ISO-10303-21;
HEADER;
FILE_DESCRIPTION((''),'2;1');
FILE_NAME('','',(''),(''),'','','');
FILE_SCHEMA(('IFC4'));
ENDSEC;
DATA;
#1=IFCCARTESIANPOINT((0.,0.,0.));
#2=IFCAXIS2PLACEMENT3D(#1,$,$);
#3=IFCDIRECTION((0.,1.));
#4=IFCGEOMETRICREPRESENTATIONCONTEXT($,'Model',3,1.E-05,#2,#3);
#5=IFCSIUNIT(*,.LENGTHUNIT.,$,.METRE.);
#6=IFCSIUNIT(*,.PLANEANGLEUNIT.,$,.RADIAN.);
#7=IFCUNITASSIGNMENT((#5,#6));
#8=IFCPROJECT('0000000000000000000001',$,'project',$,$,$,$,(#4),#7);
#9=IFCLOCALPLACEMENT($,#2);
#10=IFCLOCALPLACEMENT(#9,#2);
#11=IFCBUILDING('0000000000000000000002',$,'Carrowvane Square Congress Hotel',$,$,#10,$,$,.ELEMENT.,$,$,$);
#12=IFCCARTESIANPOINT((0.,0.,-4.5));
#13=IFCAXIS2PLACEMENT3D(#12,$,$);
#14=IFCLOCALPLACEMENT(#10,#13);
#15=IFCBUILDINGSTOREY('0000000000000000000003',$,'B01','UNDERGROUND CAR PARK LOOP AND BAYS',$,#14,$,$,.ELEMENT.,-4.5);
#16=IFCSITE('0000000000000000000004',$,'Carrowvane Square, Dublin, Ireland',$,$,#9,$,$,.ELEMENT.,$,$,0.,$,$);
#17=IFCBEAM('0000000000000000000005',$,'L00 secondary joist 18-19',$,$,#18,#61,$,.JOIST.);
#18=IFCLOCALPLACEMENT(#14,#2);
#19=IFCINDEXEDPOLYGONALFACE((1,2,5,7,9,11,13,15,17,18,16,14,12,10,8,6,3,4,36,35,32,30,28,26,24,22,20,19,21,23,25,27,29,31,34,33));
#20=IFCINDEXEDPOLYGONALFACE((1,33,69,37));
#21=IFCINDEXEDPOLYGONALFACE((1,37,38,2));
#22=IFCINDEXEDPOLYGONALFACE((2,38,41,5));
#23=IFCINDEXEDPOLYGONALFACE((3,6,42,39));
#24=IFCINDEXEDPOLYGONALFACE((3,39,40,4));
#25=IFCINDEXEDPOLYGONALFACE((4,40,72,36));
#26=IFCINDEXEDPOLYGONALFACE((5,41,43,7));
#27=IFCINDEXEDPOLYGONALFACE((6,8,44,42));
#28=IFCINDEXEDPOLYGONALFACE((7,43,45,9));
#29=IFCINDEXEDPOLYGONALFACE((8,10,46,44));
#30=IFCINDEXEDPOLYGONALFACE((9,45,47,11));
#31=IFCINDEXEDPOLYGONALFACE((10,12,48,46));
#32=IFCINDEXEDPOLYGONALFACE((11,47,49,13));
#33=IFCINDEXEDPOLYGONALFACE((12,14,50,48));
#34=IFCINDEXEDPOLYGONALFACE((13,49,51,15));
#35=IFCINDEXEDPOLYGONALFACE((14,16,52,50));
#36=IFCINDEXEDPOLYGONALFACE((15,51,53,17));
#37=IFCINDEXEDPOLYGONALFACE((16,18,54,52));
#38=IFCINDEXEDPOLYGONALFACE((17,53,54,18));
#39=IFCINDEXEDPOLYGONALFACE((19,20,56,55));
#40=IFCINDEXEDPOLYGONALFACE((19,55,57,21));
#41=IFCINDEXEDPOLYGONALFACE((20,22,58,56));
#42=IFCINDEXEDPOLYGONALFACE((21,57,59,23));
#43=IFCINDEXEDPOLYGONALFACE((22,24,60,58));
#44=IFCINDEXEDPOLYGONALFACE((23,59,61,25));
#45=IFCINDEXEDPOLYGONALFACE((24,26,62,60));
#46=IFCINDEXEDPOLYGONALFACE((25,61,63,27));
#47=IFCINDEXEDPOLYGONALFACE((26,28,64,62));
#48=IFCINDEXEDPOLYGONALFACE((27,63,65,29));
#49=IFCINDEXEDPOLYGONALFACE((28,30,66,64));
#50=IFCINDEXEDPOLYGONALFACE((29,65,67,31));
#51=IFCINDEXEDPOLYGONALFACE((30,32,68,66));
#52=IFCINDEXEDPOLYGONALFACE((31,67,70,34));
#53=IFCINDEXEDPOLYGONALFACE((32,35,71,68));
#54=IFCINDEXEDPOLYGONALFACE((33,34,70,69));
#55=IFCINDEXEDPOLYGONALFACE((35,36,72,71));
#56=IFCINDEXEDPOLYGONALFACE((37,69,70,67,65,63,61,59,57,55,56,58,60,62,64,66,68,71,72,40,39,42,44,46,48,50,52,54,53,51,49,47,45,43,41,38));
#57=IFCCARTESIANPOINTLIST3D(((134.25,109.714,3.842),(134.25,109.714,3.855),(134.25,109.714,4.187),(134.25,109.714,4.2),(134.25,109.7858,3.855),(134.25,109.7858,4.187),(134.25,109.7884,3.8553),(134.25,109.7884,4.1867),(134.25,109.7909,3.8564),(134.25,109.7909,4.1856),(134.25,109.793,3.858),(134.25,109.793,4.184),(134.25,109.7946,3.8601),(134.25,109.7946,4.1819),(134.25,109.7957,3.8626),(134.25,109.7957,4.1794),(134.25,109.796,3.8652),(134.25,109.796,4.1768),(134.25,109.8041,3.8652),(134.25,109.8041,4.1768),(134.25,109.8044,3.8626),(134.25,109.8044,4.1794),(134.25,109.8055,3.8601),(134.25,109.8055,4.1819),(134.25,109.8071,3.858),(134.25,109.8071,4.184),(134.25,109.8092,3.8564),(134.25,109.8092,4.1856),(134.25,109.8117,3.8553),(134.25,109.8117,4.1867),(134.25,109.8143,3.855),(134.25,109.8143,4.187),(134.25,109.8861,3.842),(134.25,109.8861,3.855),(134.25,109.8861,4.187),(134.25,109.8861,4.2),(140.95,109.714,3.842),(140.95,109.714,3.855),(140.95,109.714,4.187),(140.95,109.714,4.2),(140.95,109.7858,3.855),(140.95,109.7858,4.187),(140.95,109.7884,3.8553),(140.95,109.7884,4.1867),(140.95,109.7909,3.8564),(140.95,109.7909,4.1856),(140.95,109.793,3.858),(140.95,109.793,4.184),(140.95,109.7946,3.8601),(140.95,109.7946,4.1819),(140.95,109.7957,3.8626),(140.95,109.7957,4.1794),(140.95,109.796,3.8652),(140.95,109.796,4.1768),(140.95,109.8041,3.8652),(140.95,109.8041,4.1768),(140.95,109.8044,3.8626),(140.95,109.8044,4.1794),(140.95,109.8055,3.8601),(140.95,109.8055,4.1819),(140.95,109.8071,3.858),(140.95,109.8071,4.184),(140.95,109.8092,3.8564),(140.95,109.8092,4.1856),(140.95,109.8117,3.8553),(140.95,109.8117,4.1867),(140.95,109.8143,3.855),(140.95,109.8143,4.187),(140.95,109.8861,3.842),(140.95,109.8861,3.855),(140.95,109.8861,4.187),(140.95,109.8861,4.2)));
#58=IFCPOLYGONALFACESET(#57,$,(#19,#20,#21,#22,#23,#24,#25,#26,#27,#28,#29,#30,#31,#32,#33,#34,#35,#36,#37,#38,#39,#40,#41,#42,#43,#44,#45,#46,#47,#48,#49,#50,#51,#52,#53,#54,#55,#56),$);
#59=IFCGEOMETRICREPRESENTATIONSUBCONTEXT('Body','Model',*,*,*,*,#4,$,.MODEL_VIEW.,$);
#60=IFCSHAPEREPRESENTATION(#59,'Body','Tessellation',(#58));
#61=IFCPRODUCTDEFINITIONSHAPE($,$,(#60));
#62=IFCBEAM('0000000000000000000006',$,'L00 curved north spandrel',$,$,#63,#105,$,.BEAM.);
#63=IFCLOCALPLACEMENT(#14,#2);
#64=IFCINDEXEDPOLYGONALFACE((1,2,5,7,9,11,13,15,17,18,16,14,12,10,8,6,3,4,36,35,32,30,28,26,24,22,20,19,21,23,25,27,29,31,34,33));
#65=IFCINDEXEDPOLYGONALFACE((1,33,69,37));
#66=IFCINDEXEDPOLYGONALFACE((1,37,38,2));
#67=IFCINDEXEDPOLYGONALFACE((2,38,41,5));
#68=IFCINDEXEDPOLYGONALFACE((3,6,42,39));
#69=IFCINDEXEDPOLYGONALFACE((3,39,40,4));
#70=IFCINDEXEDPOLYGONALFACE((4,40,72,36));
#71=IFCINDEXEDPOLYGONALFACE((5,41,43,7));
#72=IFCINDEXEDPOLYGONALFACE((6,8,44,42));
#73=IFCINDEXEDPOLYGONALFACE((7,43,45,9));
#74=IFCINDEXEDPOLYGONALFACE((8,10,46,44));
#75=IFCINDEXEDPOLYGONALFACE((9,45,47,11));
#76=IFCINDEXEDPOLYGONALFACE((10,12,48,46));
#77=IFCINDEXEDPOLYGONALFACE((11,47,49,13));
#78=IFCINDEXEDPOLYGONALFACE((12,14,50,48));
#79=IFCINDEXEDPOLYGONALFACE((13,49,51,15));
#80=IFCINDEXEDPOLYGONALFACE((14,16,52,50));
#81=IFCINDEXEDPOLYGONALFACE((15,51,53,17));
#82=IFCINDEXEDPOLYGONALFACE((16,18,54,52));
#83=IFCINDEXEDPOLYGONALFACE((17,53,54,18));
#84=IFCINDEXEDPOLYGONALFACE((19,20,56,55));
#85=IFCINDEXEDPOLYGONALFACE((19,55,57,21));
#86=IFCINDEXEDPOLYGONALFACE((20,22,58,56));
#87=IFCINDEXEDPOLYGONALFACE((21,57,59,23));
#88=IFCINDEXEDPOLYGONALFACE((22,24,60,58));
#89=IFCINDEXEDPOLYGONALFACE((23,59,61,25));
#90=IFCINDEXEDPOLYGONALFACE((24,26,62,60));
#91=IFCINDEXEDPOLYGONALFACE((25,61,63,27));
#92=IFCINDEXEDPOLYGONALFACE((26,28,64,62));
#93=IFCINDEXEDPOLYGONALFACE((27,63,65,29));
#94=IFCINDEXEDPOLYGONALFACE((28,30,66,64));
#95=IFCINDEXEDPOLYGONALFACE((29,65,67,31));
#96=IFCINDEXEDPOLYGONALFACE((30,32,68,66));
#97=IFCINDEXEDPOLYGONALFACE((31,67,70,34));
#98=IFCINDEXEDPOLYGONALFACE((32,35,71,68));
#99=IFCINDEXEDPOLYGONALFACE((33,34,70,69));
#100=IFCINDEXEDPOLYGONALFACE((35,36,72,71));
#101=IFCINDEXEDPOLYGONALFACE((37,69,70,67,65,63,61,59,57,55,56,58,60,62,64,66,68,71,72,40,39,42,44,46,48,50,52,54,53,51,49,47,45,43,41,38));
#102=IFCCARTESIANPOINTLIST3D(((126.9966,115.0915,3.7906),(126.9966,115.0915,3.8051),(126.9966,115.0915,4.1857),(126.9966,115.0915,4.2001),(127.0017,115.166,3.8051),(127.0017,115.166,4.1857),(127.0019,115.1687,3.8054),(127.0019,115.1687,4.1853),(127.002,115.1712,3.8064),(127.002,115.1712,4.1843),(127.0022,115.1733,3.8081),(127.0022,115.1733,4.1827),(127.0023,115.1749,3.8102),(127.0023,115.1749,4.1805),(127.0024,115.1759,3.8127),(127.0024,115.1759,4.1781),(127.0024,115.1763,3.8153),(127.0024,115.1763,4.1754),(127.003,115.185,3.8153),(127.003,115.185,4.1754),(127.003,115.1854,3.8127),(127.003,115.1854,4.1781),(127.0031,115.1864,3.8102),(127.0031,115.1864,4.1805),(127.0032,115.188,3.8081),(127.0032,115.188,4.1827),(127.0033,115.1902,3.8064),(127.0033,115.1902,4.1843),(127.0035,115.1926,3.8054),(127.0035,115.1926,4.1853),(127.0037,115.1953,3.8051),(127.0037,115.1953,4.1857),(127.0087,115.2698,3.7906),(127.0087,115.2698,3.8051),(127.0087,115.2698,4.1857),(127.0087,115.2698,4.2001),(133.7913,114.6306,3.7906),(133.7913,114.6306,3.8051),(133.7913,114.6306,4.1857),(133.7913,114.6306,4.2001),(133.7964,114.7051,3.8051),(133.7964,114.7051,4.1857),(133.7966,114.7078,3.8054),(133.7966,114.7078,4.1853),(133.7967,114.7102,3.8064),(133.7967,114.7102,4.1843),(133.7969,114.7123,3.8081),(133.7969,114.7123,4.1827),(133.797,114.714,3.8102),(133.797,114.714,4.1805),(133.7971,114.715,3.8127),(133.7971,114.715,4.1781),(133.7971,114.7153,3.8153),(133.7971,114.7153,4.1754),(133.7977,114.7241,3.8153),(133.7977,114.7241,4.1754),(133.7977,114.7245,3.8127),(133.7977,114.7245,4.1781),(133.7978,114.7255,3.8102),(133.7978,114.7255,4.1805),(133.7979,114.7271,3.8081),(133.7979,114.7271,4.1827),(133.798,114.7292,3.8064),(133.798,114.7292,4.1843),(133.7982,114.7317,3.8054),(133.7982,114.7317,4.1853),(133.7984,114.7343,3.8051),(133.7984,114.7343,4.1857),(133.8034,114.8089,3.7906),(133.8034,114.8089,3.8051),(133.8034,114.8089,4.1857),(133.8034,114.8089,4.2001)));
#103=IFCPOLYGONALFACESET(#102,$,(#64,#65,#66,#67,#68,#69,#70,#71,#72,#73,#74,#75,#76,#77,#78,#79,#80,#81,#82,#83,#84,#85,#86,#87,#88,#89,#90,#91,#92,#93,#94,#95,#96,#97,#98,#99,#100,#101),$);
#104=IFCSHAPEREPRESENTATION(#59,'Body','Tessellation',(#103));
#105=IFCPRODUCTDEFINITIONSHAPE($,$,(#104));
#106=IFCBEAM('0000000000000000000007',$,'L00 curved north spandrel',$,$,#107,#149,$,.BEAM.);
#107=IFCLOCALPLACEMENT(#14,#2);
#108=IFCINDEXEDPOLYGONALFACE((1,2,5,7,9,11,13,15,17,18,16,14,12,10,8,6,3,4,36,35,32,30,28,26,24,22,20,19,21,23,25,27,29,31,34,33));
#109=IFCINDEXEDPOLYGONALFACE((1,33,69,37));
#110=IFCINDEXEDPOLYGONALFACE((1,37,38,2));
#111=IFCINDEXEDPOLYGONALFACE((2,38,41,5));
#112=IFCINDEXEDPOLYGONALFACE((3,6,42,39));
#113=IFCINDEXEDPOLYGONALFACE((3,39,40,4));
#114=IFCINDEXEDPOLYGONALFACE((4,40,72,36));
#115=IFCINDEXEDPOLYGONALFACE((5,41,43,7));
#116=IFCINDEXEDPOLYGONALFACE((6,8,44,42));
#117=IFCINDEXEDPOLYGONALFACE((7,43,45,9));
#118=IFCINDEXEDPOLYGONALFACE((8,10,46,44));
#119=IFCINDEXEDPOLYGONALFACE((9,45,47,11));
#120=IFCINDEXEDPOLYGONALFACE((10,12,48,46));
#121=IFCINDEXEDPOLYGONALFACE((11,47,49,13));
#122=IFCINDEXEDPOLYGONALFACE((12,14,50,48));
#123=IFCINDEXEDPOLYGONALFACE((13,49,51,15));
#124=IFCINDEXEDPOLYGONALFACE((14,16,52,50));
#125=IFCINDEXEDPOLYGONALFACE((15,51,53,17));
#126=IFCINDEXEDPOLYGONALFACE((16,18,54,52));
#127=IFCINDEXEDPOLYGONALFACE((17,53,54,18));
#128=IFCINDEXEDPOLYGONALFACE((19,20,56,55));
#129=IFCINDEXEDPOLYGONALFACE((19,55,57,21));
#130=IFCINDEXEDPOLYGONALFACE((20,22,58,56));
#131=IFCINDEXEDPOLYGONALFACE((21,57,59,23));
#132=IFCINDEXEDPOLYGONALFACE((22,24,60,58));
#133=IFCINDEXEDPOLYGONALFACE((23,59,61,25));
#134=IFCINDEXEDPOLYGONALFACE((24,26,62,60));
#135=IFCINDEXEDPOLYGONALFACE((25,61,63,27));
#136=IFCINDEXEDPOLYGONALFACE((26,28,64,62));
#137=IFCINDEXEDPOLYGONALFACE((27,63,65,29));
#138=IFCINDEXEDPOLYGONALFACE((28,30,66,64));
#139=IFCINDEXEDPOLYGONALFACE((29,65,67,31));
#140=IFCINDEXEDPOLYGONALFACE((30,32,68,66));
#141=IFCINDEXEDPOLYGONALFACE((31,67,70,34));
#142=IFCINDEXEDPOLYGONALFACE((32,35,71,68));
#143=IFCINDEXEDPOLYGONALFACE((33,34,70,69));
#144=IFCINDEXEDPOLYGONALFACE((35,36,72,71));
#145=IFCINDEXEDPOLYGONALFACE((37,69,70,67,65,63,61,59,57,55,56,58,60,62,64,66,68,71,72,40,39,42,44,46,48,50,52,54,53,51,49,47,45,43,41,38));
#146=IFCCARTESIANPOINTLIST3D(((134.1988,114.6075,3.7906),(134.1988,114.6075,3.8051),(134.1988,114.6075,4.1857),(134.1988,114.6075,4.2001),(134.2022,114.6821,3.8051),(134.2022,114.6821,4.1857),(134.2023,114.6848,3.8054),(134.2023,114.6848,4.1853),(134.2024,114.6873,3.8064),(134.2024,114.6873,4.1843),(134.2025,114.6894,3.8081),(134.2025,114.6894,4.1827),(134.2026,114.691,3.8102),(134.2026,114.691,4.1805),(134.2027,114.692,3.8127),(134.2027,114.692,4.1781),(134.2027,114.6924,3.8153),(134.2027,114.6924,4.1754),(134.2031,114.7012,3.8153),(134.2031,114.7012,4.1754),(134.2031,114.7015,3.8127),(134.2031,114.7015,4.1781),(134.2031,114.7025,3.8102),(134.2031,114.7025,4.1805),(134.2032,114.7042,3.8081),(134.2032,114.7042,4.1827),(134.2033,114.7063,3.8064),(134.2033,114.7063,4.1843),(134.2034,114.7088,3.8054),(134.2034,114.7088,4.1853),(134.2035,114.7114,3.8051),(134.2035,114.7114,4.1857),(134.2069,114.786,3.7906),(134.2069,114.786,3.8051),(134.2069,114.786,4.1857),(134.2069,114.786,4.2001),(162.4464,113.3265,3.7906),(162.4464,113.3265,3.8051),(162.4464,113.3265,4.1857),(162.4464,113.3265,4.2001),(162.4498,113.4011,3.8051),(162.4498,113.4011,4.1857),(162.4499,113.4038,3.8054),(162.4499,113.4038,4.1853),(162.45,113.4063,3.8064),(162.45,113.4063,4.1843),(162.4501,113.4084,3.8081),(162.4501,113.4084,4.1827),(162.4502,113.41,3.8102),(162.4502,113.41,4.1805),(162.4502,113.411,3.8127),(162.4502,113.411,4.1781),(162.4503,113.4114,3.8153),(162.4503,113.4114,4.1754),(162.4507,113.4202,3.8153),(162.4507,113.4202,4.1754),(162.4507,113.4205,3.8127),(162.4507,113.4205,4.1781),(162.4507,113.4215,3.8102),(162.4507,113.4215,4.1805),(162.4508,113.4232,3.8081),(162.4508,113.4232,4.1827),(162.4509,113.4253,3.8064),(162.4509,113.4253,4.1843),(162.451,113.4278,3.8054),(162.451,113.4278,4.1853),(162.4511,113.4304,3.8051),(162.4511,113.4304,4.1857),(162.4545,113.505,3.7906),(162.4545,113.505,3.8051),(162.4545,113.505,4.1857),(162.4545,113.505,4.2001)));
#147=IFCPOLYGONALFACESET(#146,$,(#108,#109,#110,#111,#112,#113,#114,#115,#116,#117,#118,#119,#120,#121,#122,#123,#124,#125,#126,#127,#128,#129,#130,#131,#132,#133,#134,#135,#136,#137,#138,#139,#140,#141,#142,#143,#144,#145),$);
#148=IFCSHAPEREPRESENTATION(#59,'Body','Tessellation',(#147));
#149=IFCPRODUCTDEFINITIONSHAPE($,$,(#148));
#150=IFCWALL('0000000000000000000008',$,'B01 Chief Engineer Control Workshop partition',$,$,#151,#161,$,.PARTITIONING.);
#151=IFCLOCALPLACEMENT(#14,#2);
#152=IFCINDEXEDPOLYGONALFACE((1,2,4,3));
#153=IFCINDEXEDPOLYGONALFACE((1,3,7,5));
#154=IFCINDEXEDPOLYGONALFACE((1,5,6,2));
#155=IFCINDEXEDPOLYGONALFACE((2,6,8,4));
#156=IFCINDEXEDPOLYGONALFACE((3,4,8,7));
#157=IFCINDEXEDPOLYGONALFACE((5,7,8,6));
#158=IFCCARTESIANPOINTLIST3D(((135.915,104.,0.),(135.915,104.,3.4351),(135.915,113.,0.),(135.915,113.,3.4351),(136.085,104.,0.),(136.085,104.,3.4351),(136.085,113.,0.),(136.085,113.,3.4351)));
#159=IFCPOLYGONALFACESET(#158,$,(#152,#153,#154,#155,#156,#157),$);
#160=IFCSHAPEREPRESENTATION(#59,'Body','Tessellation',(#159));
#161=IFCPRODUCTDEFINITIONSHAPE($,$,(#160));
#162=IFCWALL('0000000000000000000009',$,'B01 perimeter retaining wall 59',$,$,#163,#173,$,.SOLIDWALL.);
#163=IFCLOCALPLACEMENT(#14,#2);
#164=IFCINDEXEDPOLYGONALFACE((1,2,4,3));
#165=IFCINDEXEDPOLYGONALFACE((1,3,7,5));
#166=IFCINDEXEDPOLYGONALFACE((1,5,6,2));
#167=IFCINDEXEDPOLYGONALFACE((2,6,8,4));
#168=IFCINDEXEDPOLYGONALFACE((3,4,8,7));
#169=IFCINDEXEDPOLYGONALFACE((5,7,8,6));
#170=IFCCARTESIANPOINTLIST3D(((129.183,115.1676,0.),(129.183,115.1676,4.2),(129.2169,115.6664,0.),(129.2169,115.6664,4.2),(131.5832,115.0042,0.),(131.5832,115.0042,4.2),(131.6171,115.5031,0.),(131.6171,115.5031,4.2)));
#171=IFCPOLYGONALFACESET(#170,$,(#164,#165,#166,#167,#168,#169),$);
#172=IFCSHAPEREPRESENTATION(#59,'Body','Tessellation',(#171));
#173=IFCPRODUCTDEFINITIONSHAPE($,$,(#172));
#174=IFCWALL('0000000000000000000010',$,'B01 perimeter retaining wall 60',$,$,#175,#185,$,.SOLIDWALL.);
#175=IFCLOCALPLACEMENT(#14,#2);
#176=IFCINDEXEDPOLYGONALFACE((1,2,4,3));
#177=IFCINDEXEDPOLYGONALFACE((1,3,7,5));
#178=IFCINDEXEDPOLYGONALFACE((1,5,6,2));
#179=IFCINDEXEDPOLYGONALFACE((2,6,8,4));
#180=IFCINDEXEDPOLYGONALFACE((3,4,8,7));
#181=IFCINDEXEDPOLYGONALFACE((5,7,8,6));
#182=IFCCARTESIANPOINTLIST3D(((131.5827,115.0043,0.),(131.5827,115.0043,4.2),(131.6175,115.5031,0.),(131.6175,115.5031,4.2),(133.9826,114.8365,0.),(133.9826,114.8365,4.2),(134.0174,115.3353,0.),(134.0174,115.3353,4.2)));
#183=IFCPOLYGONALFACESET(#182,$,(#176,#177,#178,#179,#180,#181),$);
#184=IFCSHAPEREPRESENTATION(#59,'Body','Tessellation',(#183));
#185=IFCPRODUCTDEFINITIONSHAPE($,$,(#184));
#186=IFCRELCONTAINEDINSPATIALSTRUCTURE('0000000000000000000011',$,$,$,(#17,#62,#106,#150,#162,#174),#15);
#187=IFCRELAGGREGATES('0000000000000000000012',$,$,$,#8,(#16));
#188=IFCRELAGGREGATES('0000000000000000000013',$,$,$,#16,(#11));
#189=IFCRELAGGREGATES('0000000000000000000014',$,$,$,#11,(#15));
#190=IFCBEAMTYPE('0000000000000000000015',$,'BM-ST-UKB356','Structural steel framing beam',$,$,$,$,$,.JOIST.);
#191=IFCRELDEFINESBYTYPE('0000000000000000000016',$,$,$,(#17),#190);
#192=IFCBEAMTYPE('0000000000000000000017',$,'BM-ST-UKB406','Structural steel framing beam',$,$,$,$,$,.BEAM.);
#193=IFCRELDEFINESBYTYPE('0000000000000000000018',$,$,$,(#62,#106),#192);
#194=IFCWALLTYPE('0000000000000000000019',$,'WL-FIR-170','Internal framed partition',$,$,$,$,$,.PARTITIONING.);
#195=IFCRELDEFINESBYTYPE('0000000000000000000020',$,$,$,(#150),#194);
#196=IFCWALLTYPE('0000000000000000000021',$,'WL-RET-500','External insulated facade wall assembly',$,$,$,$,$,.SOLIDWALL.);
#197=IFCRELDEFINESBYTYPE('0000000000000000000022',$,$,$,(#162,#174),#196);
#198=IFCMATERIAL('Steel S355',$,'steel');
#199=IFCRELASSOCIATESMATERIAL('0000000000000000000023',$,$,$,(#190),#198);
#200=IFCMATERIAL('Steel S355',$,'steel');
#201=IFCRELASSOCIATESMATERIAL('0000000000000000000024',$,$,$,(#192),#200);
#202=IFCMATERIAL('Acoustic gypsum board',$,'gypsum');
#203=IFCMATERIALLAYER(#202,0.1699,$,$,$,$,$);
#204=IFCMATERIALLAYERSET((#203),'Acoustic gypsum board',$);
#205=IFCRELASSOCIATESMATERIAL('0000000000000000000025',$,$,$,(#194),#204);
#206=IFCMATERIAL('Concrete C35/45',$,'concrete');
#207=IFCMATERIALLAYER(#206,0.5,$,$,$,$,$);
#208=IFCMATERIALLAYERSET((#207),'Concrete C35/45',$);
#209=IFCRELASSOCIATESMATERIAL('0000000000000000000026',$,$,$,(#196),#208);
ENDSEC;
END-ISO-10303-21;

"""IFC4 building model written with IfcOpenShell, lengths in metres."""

from ifc_helpers import new_model, si_unit, direction, frame, frame_2d, origin, origin_2d, place, context, subcontext, project, spatial, rectangle, i_section, extrude, material, layer, layer_set, material_profile, profile_set, type_object, element, save


model = new_model("IFC4")

# Units and contexts
model_context = context("Model", 3, precision=1e-05, world=origin(), true_north=direction((0.0, 1.0)))
body_context = subcontext(model_context, "Body", "Model", "MODEL_VIEW")
ifc_project = project(units=[si_unit("LENGTHUNIT", "METRE"), si_unit("PLANEANGLEUNIT", "RADIAN")], contexts=[model_context])

# Site, building, storey
site_placement = place(None, origin())
site = spatial("IfcSite", under=ifc_project, at=site_placement, Name="Carrowvane Square, Dublin, Ireland", CompositionType="ELEMENT", RefElevation=0.0)
building_placement = place(site_placement, origin())
building = spatial("IfcBuilding", under=site, at=building_placement, Name="Carrowvane Square Congress Hotel", CompositionType="ELEMENT")
storey_placement = place(building_placement, frame((0.0, 0.0, -4.5)))
storey = spatial("IfcBuildingStorey", under=building, at=storey_placement, Name="B01", Description="UNDERGROUND CAR PARK LOOP AND BAYS", CompositionType="ELEMENT", Elevation=-4.5)

# Beams
ifc_material_1 = material(Name="Steel S355", Category="steel")
ifc_material_profile_1 = material_profile(ifc_material_1, i_section(OverallWidth=0.1721, OverallDepth=0.3579, WebThickness=0.0081, FlangeThickness=0.0129, FilletRadius=0.0103, at=origin_2d()), Name="UKB 356x171x57")
ifc_profile_set_1 = profile_set([ifc_material_profile_1], Name="Steel S355")
beam_type_1 = type_object("IfcBeamType", Name="BM-ST-UKB356", Description="Structural steel framing beam", PredefinedType="JOIST", material=ifc_profile_set_1)
for number, where, z_axis, x_axis, name in (
    (1, (134.25, 109.8, 4.021), (1.0, 0.0, 0.0), (0.0, 1.0, 0.0), "L00 secondary joist 18-19"),
):
    element("IfcBeam", number, at=place(storey_placement, frame(where, z_axis=z_axis, x_axis=x_axis)), inside=storey, type_object=beam_type_1, Name=name, PredefinedType="JOIST", context=body_context, shape_type="SweptSolid", body=[
        extrude(i_section(OverallWidth=0.1721, OverallDepth=0.3579, WebThickness=0.0081, FlangeThickness=0.0129, FilletRadius=0.0103, at=origin_2d()), origin(), (0.0, 0.0, 1.0), 6.7),
    ])
ifc_material_2 = material(Name="Steel S355", Category="steel")
ifc_material_profile_2 = material_profile(ifc_material_2, i_section(OverallWidth=0.1787, OverallDepth=0.4094, WebThickness=0.0088, FlangeThickness=0.0144, FilletRadius=0.0103, at=origin_2d()), Name="UKB 406x178x67")
ifc_profile_set_2 = profile_set([ifc_material_profile_2], Name="Steel S355")
beam_type_2 = type_object("IfcBeamType", Name="BM-ST-UKB406", Description="Structural steel framing beam", PredefinedType="BEAM", material=ifc_profile_set_2)
beam_1_placement = place(storey_placement, frame((127.0027, 115.1807, 3.9954), z_axis=(0.997707, -0.067682, 0.0), x_axis=(0.067682, 0.997707, 0.0)))
element("IfcBeam", 2, at=beam_1_placement, inside=storey, type_object=beam_type_2, Name="L00 curved north spandrel", PredefinedType="BEAM", context=body_context, shape_type="SweptSolid", body=[
    extrude(i_section(OverallWidth=0.1787, OverallDepth=0.4094, WebThickness=0.0088, FlangeThickness=0.0144, FilletRadius=0.0103, at=origin_2d()), origin(), (0.0, 0.0, 1.0), 6.8103),
])
beam_2_placement = place(storey_placement, frame((134.2029, 114.6968, 3.9954), z_axis=(0.998973, -0.045303, 0.0), x_axis=(0.045303, 0.998973, 0.0)))
element("IfcBeam", 3, at=beam_2_placement, inside=storey, type_object=beam_type_2, Name="L00 curved north spandrel", PredefinedType="BEAM", context=body_context, shape_type="SweptSolid", body=[
    extrude(i_section(OverallWidth=0.1787, OverallDepth=0.4094, WebThickness=0.0088, FlangeThickness=0.0144, FilletRadius=0.0103, at=origin_2d()), origin(), (0.0, 0.0, 1.0), 28.2766),
])

# Walls
ifc_material_3 = material(Name="Acoustic gypsum board", Category="gypsum")
ifc_layer_1 = layer(ifc_material_3, 0.1699)
ifc_layer_set_1 = layer_set([ifc_layer_1], Name="Acoustic gypsum board")
wall_type_1 = type_object("IfcWallType", Name="WL-FIR-170", Description="Internal framed partition", PredefinedType="PARTITIONING", material=ifc_layer_set_1)
wall_1_placement = place(storey_placement, frame((136.0, 113.0, 0.0), z_axis=(0.0, 0.0, 1.0), x_axis=(0.0, -1.0, 0.0)))
element("IfcWall", 4, at=wall_1_placement, inside=storey, type_object=wall_type_1, Name="B01 Chief Engineer Control Workshop partition", PredefinedType="PARTITIONING", context=body_context, shape_type="SweptSolid", body=[
    extrude(rectangle(XDim=9.0, YDim=0.1699, at=frame_2d((4.5, 0.0))), origin(), (0.0, 0.0, 1.0), 3.4351),
])
ifc_material_4 = material(Name="Concrete C35/45", Category="concrete")
ifc_layer_2 = layer(ifc_material_4, 0.5)
ifc_layer_set_2 = layer_set([ifc_layer_2], Name="Concrete C35/45")
wall_type_2 = type_object("IfcWallType", Name="WL-RET-500", Description="External insulated facade wall assembly", PredefinedType="SOLIDWALL", material=ifc_layer_set_2)
for number, where, z_axis, x_axis, name in (
    (5, (129.2, 115.417, 0.0), (0.0, 0.0, 1.0), (0.997693, -0.067893, 0.0), "B01 perimeter retaining wall 59"),
    (6, (131.6001, 115.2537, 0.0), (0.0, 0.0, 1.0), (0.997567, -0.069718, 0.0), "B01 perimeter retaining wall 60"),
):
    element("IfcWall", number, at=place(storey_placement, frame(where, z_axis=z_axis, x_axis=x_axis)), inside=storey, type_object=wall_type_2, Name=name, PredefinedType="SOLIDWALL", context=body_context, shape_type="SweptSolid", body=[
        extrude(rectangle(XDim=2.4058, YDim=0.5, at=frame_2d((1.2029, 0.0))), origin(), (0.0, 0.0, 1.0), 4.2),
    ])

save(model, "model.ifc")
